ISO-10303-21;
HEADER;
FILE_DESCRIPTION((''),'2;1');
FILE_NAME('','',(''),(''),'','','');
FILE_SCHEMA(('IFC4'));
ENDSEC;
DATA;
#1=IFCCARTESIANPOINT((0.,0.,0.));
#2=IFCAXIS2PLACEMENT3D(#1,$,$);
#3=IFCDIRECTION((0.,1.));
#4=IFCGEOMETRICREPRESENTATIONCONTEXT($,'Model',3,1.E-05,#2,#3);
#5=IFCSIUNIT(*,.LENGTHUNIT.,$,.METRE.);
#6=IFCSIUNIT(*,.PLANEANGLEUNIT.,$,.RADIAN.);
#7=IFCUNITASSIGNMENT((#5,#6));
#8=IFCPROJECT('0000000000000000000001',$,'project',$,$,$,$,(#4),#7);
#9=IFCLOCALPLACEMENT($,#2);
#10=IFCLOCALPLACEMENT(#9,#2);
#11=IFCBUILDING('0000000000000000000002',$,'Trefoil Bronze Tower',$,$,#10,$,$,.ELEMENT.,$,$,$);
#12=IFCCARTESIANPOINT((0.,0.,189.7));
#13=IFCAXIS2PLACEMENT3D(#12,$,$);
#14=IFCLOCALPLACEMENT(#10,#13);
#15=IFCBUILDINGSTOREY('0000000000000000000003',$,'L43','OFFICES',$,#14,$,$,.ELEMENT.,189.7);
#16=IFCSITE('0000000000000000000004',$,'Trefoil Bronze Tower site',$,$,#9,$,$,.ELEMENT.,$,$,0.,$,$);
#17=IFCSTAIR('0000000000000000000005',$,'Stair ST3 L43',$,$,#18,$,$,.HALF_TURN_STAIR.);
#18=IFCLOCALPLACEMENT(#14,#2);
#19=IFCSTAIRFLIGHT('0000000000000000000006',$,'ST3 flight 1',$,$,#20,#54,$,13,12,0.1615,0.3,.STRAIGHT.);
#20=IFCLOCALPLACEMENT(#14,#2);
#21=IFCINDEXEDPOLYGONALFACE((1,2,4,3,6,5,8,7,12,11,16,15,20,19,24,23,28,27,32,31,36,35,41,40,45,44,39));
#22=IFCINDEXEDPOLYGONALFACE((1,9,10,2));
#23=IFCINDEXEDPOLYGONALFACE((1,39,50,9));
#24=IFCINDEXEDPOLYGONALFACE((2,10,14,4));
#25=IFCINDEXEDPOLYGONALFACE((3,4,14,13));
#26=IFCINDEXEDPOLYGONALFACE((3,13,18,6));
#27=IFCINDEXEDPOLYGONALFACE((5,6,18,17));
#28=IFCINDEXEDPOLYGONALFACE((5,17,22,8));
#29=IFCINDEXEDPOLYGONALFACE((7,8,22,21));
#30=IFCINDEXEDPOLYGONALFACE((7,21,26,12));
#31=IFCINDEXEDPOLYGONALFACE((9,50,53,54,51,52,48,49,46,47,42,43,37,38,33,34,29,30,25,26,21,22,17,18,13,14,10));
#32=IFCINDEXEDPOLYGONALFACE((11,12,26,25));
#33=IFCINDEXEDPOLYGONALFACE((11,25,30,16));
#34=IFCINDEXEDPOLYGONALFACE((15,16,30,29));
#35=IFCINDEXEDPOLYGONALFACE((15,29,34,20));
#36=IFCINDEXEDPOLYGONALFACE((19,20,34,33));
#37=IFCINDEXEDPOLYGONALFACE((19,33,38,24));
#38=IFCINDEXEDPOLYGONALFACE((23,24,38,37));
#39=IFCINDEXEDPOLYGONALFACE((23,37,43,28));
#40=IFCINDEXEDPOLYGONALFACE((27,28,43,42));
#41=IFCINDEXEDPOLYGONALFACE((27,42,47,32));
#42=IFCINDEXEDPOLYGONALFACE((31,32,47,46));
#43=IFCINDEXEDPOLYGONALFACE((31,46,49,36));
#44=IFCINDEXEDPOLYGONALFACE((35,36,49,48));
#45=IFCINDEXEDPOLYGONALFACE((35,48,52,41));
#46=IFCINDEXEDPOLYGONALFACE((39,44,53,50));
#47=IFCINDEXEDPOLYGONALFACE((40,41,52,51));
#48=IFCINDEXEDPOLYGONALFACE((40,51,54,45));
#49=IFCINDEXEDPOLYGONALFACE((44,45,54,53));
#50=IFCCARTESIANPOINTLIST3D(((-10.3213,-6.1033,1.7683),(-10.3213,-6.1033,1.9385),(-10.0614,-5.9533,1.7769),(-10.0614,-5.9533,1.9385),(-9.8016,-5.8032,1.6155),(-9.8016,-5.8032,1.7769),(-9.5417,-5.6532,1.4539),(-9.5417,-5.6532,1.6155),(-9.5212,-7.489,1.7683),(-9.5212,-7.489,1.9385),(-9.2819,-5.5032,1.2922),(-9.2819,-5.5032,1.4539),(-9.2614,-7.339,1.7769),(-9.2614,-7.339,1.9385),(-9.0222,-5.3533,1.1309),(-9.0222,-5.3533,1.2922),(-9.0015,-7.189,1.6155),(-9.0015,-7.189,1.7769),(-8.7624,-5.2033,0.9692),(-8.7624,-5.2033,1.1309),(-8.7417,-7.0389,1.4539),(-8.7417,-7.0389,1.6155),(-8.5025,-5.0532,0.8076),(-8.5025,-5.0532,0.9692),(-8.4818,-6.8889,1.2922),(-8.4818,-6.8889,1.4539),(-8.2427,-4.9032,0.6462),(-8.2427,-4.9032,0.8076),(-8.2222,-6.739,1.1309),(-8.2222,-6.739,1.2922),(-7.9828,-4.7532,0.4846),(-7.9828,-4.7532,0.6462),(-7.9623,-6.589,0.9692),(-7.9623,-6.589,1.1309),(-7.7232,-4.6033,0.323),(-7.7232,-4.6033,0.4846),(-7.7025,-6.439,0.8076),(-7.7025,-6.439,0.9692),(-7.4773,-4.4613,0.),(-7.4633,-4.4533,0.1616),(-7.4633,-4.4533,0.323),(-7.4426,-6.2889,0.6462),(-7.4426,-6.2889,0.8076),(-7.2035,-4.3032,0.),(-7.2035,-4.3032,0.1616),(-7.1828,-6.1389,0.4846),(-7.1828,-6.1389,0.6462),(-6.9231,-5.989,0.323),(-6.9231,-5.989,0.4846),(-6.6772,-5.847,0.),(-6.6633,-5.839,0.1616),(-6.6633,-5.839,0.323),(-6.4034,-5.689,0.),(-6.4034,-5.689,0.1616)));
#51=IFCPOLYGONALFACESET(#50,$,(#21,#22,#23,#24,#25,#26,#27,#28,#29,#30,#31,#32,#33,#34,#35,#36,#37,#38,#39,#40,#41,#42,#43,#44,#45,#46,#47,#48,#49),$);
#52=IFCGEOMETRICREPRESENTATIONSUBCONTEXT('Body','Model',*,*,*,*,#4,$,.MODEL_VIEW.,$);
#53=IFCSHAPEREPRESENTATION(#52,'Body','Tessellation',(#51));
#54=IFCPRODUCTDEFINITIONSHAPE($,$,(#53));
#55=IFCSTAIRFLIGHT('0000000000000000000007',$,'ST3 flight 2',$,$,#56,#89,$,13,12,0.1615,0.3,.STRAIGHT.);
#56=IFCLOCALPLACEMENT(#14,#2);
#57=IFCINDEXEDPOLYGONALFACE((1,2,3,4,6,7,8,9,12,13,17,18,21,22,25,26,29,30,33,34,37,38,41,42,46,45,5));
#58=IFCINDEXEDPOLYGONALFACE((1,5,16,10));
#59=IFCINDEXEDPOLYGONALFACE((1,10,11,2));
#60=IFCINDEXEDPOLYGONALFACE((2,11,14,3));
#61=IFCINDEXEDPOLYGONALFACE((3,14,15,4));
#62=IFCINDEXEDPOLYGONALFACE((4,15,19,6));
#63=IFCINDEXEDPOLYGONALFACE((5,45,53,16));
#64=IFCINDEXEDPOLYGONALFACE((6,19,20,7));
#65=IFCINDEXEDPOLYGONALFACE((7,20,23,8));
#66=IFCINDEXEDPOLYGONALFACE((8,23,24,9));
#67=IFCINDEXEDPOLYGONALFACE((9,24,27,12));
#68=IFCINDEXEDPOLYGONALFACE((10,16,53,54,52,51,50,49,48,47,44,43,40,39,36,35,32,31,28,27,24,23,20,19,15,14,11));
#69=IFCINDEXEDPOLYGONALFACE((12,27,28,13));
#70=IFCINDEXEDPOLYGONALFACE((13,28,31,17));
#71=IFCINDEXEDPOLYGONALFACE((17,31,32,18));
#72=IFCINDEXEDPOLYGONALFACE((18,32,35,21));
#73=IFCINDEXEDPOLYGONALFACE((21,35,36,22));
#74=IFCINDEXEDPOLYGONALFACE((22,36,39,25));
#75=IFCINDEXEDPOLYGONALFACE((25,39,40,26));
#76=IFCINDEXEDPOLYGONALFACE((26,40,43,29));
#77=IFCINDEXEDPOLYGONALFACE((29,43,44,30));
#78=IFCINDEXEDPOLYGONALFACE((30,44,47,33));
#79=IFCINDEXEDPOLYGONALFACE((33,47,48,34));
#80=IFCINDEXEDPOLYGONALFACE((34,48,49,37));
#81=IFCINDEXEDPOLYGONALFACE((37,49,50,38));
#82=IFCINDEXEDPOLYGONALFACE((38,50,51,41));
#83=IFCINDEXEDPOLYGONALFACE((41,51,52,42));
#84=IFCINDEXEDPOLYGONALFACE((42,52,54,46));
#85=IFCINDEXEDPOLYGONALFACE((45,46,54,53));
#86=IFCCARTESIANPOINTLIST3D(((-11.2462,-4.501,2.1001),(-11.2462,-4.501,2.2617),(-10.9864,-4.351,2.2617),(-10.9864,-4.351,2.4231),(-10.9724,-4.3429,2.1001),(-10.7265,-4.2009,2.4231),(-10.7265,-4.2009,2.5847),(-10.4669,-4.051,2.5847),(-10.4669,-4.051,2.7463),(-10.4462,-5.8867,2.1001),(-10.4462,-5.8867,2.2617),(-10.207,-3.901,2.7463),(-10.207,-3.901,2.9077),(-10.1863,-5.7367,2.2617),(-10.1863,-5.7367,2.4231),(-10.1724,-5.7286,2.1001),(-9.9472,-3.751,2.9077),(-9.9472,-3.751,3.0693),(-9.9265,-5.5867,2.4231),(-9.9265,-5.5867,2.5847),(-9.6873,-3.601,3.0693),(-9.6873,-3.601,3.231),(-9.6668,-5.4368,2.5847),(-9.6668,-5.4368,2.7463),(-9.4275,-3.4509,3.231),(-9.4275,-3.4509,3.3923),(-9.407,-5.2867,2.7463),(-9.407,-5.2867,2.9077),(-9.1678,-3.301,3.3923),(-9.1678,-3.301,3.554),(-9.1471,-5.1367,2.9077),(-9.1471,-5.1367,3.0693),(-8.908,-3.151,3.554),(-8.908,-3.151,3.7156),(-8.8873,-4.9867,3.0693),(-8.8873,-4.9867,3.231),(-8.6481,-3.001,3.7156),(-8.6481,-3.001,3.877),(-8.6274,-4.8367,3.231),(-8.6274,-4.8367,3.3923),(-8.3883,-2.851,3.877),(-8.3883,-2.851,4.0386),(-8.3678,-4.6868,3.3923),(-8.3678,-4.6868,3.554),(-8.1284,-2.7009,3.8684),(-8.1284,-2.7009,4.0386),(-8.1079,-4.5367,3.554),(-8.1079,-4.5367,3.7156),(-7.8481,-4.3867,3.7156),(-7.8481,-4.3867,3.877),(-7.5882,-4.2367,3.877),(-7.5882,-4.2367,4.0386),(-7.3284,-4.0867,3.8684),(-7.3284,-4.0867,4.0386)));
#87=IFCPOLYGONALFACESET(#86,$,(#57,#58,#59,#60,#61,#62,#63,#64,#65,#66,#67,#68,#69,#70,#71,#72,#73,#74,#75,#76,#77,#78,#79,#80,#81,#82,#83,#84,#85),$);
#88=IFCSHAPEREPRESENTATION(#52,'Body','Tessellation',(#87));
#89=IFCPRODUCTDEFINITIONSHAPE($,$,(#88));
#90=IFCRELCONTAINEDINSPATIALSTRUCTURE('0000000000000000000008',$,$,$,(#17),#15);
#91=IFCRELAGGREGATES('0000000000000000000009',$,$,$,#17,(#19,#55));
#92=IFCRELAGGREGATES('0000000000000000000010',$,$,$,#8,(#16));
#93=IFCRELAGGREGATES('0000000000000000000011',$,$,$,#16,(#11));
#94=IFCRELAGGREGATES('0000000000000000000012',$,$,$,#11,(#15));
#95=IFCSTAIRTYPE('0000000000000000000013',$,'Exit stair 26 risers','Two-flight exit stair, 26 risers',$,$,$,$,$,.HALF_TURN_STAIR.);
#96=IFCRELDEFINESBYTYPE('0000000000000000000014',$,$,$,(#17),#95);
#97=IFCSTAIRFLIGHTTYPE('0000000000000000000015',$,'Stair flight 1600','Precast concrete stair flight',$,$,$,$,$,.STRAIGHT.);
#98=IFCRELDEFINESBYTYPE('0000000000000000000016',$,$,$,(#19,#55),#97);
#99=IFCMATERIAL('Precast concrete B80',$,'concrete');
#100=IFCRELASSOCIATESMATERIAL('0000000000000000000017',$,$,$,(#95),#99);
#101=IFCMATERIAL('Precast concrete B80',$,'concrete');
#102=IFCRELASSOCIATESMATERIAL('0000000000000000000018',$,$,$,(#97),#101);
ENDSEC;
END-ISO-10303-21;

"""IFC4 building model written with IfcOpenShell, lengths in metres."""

from ifc_helpers import new_model, si_unit, direction, frame, origin, place, context, subcontext, project, spatial, polyline, outline, extrude, material, type_object, element, aggregate, save


model = new_model("IFC4")

# Units and contexts
model_context = context("Model", 3, precision=1e-05, world=origin(), true_north=direction((0.0, 1.0)))
body_context = subcontext(model_context, "Body", "Model", "MODEL_VIEW")
ifc_project = project(units=[si_unit("LENGTHUNIT", "METRE"), si_unit("PLANEANGLEUNIT", "RADIAN")], contexts=[model_context])

# Site, building, storey
site_placement = place(None, origin())
site = spatial("IfcSite", under=ifc_project, at=site_placement, Name="Trefoil Bronze Tower site", CompositionType="ELEMENT", RefElevation=0.0)
building_placement = place(site_placement, origin())
building = spatial("IfcBuilding", under=site, at=building_placement, Name="Trefoil Bronze Tower", CompositionType="ELEMENT")
storey_placement = place(building_placement, frame((0.0, 0.0, 189.7)))
storey = spatial("IfcBuildingStorey", under=building, at=storey_placement, Name="L43", Description="OFFICES", CompositionType="ELEMENT", Elevation=189.7)

# Stair, stair flights
ifc_material_1 = material(Name="Precast concrete B80", Category="concrete")
stair_type = type_object("IfcStairType", Name="Exit stair 26 risers", Description="Two-flight exit stair, 26 risers", PredefinedType="HALF_TURN_STAIR", material=ifc_material_1)
stair_placement = place(storey_placement, origin())
stair = element("IfcStair", 1, at=stair_placement, inside=storey, type_object=stair_type, Name="Stair ST3 L43", PredefinedType="HALF_TURN_STAIR")
ifc_material_2 = material(Name="Precast concrete B80", Category="concrete")
stair_flight_type = type_object("IfcStairFlightType", Name="Stair flight 1600", Description="Precast concrete stair flight", PredefinedType="STRAIGHT", material=ifc_material_2)
stair_flight_1_placement = place(storey_placement, frame((-6.8035, -4.9961, 0.0), z_axis=(0.0, 0.0, 1.0), x_axis=(-0.866025, -0.5, 0.0)))
stair_flight_1 = element("IfcStairFlight", 2, at=stair_flight_1_placement, type_object=stair_flight_type, Name="ST3 flight 1", NumberOfRisers=13, NumberOfTreads=12, PredefinedType="STRAIGHT", RiserHeight=0.1615, TreadLength=0.3, context=body_context, shape_type="SweptSolid", body=[
    extrude(outline(polyline([(0.0, 0.0), (0.0, 0.1616), (0.3, 0.1616), (0.3, 0.323), (0.6001, 0.323), (0.6001, 0.4846), (0.8999, 0.4846), (0.8999, 0.6462), (1.2, 0.6462), (1.2, 0.8076), (1.5, 0.8076), (1.5, 0.9692), (1.8, 0.9692), (1.8, 1.1309), (2.1001, 1.1309), (2.1001, 1.2922), (2.3999, 1.2922), (2.3999, 1.4539), (2.7, 1.4539), (2.7, 1.6155), (3.0, 1.6155), (3.0, 1.7769), (3.3, 1.7769), (3.3, 1.9385), (3.6001, 1.9385), (3.6001, 2.1001), (3.6001, 1.7683), (0.3162, 0.0), (0.0, 0.0)])), frame((0.0, 0.8, 0.0), z_axis=(0.0, -1.0, 0.0), x_axis=(1.0, 0.0, 0.0)), (0.0, 0.0, 1.0), 1.6001),
])
stair_flight_2_placement = place(storey_placement, frame((-10.8462, -5.1938, 2.1001), z_axis=(0.0, 0.0, 1.0), x_axis=(0.866025, 0.5, 0.0)))
stair_flight_2 = element("IfcStairFlight", 3, at=stair_flight_2_placement, type_object=stair_flight_type, Name="ST3 flight 2", NumberOfRisers=13, NumberOfTreads=12, PredefinedType="STRAIGHT", RiserHeight=0.1615, TreadLength=0.3, context=body_context, shape_type="SweptSolid", body=[
    extrude(outline(polyline([(0.0, 0.0), (0.0, 0.1616), (0.3, 0.1616), (0.3, 0.323), (0.6001, 0.323), (0.6001, 0.4846), (0.8999, 0.4846), (0.8999, 0.6462), (1.2, 0.6462), (1.2, 0.8076), (1.5, 0.8076), (1.5, 0.9692), (1.8, 0.9692), (1.8, 1.1309), (2.1001, 1.1309), (2.1001, 1.2922), (2.3999, 1.2922), (2.3999, 1.4539), (2.7, 1.4539), (2.7, 1.6155), (3.0, 1.6155), (3.0, 1.7769), (3.3, 1.7769), (3.3, 1.9385), (3.6001, 1.9385), (3.6001, 2.1001), (3.6001, 1.7683), (0.3162, 0.0), (0.0, 0.0)])), frame((0.0, 0.8, 0.0), z_axis=(0.0, -1.0, 0.0), x_axis=(1.0, 0.0, 0.0)), (0.0, 0.0, 1.0), 1.6001),
])
aggregate(stair, [stair_flight_1, stair_flight_2])

save(model, "model.ifc")
